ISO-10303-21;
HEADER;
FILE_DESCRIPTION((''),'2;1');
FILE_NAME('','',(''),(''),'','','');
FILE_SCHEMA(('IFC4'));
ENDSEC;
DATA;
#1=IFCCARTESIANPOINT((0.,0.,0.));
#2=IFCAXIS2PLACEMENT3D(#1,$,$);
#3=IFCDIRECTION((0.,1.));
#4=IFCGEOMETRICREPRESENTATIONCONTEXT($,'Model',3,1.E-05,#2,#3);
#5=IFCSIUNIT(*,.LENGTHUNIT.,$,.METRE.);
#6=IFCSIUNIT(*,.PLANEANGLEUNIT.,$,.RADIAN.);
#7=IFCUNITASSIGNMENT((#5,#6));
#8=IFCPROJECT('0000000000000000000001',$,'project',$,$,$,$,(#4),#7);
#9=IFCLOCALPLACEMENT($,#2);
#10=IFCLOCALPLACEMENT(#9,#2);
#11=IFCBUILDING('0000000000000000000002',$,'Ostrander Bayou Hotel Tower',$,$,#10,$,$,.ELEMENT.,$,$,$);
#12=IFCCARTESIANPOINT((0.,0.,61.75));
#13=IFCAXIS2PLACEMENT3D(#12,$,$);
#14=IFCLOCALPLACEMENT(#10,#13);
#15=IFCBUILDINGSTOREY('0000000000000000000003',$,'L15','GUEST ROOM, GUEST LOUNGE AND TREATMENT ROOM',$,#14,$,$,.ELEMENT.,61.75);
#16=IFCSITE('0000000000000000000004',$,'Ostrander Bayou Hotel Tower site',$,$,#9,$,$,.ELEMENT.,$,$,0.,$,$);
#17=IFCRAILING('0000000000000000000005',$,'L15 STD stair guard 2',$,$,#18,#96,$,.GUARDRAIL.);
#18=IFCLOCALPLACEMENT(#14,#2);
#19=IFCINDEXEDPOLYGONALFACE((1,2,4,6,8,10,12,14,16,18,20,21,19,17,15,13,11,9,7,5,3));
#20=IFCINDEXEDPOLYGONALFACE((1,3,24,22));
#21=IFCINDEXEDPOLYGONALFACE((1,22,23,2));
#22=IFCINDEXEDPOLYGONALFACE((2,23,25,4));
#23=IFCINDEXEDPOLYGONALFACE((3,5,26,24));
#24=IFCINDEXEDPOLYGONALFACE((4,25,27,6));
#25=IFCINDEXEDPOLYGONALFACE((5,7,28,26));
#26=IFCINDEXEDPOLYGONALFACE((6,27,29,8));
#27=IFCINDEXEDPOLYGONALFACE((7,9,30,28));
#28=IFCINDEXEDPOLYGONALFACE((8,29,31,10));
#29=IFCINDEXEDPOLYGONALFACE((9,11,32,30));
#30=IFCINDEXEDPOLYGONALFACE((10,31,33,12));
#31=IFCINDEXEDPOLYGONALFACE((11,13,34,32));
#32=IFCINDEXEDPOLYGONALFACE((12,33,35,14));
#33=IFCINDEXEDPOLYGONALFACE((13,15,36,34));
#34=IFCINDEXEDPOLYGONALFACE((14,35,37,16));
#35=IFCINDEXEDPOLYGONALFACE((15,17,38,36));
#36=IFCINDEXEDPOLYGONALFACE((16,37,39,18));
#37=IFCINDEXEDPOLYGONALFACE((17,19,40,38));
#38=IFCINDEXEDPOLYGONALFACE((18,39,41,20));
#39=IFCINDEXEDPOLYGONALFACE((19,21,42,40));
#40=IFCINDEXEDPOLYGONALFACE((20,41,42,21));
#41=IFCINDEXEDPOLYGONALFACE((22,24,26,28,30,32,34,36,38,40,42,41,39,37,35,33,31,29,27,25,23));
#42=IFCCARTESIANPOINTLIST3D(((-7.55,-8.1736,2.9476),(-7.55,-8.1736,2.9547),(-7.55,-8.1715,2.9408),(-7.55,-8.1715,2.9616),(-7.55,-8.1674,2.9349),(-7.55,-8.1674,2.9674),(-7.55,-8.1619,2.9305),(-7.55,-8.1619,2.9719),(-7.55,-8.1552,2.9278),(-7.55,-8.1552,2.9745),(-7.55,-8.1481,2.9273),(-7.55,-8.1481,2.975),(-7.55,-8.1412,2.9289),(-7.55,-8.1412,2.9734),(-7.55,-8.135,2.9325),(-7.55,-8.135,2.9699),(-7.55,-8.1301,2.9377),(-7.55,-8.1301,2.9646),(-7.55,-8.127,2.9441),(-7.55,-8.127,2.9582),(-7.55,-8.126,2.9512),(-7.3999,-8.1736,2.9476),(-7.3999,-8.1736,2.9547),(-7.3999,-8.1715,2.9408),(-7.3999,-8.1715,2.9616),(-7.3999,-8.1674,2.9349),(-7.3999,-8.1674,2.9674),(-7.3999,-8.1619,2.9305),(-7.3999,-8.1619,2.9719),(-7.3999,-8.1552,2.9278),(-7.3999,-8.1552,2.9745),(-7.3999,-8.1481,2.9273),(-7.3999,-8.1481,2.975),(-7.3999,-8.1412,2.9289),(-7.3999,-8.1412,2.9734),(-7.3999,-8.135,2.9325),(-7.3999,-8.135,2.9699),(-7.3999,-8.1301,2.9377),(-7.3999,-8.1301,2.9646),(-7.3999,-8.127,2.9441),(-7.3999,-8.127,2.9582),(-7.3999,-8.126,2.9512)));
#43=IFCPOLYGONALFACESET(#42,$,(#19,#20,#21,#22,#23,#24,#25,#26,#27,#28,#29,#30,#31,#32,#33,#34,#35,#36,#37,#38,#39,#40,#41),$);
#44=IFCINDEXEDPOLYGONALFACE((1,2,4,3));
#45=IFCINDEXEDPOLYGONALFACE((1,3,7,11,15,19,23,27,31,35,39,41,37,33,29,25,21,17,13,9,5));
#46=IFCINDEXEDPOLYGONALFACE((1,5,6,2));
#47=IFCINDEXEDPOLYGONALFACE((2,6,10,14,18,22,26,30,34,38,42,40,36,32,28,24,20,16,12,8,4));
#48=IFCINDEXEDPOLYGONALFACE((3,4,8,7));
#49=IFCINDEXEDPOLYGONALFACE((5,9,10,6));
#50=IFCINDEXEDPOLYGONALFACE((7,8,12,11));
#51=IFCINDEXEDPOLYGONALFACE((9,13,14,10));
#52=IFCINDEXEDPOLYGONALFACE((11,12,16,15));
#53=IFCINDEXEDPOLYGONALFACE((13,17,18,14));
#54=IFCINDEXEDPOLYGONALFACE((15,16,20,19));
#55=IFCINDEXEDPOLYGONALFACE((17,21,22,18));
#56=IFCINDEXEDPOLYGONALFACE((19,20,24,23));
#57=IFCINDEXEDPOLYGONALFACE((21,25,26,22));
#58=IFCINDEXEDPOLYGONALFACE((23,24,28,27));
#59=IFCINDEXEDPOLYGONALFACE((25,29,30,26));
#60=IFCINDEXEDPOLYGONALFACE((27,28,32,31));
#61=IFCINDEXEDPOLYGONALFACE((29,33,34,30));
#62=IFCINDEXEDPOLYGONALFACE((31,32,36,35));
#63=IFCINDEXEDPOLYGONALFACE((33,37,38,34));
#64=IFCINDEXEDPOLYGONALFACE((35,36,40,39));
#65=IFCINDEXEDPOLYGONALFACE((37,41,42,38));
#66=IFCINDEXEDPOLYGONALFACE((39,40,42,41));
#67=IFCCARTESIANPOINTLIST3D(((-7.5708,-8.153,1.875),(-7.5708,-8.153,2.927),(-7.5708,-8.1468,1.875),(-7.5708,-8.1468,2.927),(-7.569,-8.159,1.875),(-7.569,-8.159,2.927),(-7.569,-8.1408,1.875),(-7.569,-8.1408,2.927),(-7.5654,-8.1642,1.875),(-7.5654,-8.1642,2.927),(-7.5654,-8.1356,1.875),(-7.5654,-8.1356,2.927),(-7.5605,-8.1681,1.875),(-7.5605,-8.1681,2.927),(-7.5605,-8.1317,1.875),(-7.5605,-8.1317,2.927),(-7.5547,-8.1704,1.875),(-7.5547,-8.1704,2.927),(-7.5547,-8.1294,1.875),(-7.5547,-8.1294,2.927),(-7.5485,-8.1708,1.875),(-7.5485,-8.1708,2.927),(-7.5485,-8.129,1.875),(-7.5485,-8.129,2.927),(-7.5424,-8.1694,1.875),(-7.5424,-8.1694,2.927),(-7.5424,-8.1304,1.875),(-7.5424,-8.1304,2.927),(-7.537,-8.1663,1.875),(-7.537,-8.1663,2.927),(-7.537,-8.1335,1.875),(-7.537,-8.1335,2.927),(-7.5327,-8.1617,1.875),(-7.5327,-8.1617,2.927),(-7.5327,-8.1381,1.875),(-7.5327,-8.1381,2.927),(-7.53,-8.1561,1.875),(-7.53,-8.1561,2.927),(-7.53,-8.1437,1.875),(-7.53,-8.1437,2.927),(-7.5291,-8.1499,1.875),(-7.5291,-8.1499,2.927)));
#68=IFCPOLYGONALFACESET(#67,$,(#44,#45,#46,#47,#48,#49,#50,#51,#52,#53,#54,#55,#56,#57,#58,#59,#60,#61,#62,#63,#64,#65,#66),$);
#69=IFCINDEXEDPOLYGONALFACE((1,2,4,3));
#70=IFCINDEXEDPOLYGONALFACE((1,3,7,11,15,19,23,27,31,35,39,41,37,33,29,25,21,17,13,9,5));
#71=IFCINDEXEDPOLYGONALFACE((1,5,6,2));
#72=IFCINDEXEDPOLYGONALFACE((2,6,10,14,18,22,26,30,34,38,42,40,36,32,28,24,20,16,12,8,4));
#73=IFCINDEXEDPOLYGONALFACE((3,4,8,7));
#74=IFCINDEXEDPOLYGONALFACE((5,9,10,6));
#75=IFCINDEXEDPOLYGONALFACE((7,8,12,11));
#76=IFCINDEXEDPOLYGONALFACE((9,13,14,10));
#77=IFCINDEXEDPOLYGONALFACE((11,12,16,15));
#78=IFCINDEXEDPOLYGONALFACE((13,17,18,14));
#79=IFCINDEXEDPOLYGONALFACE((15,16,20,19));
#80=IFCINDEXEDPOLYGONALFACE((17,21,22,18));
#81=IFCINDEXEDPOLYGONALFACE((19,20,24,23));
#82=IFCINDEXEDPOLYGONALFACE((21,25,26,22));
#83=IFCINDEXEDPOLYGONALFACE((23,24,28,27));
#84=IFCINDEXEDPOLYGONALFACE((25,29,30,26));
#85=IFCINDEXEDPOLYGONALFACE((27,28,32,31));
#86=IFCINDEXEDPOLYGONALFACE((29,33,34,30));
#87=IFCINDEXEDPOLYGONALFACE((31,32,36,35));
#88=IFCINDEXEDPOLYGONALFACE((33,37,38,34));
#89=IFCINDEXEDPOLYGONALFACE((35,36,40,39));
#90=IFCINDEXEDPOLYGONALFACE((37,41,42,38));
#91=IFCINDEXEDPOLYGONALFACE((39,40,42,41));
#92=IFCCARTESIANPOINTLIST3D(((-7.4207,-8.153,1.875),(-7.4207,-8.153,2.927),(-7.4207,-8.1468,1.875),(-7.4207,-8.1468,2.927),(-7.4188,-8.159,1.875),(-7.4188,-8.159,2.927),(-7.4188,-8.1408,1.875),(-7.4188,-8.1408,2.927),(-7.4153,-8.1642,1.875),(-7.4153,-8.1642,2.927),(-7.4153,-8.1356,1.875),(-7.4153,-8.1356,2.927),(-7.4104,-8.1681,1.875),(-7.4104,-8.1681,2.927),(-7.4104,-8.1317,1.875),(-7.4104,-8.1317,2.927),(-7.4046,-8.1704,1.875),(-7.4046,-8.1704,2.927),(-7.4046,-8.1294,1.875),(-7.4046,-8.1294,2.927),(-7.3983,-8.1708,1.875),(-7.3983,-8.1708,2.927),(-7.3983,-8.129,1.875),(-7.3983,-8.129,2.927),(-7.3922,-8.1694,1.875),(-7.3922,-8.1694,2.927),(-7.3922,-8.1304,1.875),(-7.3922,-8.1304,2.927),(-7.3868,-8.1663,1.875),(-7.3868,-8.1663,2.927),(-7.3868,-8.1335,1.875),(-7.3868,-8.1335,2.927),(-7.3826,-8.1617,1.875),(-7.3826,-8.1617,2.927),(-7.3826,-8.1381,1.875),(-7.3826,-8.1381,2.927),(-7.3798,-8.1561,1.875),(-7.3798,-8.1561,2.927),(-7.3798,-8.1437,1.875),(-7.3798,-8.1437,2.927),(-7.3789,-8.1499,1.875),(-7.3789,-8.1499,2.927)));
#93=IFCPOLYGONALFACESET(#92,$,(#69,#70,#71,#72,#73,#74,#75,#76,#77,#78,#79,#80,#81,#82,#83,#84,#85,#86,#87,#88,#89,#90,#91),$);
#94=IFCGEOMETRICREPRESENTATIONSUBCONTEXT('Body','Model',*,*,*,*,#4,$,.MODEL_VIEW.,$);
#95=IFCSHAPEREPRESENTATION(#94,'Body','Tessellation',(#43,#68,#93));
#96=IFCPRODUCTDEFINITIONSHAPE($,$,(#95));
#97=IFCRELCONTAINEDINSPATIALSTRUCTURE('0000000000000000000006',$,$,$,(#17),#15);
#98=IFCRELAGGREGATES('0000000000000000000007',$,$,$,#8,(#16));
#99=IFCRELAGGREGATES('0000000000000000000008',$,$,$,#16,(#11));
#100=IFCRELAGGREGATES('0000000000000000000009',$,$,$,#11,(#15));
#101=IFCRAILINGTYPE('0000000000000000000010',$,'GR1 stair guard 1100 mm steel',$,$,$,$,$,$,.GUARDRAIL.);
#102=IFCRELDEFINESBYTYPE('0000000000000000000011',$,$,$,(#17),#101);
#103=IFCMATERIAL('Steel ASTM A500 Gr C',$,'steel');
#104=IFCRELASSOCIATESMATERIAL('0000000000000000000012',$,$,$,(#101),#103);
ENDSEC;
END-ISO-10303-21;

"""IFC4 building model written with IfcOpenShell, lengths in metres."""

from ifc_helpers import new_model, si_unit, direction, frame, origin, origin_2d, place, context, subcontext, project, spatial, circle, extrude, material, type_object, element, save


model = new_model("IFC4")

# Units and contexts
model_context = context("Model", 3, precision=1e-05, world=origin(), true_north=direction((0.0, 1.0)))
body_context = subcontext(model_context, "Body", "Model", "MODEL_VIEW")
ifc_project = project(units=[si_unit("LENGTHUNIT", "METRE"), si_unit("PLANEANGLEUNIT", "RADIAN")], contexts=[model_context])

# Site, building, storey
site_placement = place(None, origin())
site = spatial("IfcSite", under=ifc_project, at=site_placement, Name="Ostrander Bayou Hotel Tower site", CompositionType="ELEMENT", RefElevation=0.0)
building_placement = place(site_placement, origin())
building = spatial("IfcBuilding", under=site, at=building_placement, Name="Ostrander Bayou Hotel Tower", CompositionType="ELEMENT")
storey_placement = place(building_placement, frame((0.0, 0.0, 61.75)))
storey = spatial("IfcBuildingStorey", under=building, at=storey_placement, Name="L15", Description="GUEST ROOM, GUEST LOUNGE AND TREATMENT ROOM", CompositionType="ELEMENT", Elevation=61.75)

# Railing
ifc_material_1 = material(Name="Steel ASTM A500 Gr C", Category="steel")
railing_type_1 = type_object("IfcRailingType", Name="GR1 stair guard 1100 mm steel", PredefinedType="GUARDRAIL", material=ifc_material_1)
railing_1_placement = place(storey_placement, frame((-7.55, -8.1499, 1.875)))
element("IfcRailing", 1, at=railing_1_placement, inside=storey, type_object=railing_type_1, Name="L15 STD stair guard 2", PredefinedType="GUARDRAIL", context=body_context, shape_type="SweptSolid", body=[
    extrude(circle(Radius=0.0239, at=origin_2d()), frame((0.0, 0.0, 1.0762), z_axis=(1.0, 0.0, 0.0), x_axis=(0.0, 1.0, 0.0)), (0.0, 0.0, 1.0), 0.1501),
    extrude(circle(Radius=0.021, at=origin_2d()), origin(), (0.0, 0.0, 1.0), 1.052),
    extrude(circle(Radius=0.021, at=origin_2d()), frame((0.1501, 0.0, 0.0)), (0.0, 0.0, 1.0), 1.052),
])

save(model, "model.ifc")
